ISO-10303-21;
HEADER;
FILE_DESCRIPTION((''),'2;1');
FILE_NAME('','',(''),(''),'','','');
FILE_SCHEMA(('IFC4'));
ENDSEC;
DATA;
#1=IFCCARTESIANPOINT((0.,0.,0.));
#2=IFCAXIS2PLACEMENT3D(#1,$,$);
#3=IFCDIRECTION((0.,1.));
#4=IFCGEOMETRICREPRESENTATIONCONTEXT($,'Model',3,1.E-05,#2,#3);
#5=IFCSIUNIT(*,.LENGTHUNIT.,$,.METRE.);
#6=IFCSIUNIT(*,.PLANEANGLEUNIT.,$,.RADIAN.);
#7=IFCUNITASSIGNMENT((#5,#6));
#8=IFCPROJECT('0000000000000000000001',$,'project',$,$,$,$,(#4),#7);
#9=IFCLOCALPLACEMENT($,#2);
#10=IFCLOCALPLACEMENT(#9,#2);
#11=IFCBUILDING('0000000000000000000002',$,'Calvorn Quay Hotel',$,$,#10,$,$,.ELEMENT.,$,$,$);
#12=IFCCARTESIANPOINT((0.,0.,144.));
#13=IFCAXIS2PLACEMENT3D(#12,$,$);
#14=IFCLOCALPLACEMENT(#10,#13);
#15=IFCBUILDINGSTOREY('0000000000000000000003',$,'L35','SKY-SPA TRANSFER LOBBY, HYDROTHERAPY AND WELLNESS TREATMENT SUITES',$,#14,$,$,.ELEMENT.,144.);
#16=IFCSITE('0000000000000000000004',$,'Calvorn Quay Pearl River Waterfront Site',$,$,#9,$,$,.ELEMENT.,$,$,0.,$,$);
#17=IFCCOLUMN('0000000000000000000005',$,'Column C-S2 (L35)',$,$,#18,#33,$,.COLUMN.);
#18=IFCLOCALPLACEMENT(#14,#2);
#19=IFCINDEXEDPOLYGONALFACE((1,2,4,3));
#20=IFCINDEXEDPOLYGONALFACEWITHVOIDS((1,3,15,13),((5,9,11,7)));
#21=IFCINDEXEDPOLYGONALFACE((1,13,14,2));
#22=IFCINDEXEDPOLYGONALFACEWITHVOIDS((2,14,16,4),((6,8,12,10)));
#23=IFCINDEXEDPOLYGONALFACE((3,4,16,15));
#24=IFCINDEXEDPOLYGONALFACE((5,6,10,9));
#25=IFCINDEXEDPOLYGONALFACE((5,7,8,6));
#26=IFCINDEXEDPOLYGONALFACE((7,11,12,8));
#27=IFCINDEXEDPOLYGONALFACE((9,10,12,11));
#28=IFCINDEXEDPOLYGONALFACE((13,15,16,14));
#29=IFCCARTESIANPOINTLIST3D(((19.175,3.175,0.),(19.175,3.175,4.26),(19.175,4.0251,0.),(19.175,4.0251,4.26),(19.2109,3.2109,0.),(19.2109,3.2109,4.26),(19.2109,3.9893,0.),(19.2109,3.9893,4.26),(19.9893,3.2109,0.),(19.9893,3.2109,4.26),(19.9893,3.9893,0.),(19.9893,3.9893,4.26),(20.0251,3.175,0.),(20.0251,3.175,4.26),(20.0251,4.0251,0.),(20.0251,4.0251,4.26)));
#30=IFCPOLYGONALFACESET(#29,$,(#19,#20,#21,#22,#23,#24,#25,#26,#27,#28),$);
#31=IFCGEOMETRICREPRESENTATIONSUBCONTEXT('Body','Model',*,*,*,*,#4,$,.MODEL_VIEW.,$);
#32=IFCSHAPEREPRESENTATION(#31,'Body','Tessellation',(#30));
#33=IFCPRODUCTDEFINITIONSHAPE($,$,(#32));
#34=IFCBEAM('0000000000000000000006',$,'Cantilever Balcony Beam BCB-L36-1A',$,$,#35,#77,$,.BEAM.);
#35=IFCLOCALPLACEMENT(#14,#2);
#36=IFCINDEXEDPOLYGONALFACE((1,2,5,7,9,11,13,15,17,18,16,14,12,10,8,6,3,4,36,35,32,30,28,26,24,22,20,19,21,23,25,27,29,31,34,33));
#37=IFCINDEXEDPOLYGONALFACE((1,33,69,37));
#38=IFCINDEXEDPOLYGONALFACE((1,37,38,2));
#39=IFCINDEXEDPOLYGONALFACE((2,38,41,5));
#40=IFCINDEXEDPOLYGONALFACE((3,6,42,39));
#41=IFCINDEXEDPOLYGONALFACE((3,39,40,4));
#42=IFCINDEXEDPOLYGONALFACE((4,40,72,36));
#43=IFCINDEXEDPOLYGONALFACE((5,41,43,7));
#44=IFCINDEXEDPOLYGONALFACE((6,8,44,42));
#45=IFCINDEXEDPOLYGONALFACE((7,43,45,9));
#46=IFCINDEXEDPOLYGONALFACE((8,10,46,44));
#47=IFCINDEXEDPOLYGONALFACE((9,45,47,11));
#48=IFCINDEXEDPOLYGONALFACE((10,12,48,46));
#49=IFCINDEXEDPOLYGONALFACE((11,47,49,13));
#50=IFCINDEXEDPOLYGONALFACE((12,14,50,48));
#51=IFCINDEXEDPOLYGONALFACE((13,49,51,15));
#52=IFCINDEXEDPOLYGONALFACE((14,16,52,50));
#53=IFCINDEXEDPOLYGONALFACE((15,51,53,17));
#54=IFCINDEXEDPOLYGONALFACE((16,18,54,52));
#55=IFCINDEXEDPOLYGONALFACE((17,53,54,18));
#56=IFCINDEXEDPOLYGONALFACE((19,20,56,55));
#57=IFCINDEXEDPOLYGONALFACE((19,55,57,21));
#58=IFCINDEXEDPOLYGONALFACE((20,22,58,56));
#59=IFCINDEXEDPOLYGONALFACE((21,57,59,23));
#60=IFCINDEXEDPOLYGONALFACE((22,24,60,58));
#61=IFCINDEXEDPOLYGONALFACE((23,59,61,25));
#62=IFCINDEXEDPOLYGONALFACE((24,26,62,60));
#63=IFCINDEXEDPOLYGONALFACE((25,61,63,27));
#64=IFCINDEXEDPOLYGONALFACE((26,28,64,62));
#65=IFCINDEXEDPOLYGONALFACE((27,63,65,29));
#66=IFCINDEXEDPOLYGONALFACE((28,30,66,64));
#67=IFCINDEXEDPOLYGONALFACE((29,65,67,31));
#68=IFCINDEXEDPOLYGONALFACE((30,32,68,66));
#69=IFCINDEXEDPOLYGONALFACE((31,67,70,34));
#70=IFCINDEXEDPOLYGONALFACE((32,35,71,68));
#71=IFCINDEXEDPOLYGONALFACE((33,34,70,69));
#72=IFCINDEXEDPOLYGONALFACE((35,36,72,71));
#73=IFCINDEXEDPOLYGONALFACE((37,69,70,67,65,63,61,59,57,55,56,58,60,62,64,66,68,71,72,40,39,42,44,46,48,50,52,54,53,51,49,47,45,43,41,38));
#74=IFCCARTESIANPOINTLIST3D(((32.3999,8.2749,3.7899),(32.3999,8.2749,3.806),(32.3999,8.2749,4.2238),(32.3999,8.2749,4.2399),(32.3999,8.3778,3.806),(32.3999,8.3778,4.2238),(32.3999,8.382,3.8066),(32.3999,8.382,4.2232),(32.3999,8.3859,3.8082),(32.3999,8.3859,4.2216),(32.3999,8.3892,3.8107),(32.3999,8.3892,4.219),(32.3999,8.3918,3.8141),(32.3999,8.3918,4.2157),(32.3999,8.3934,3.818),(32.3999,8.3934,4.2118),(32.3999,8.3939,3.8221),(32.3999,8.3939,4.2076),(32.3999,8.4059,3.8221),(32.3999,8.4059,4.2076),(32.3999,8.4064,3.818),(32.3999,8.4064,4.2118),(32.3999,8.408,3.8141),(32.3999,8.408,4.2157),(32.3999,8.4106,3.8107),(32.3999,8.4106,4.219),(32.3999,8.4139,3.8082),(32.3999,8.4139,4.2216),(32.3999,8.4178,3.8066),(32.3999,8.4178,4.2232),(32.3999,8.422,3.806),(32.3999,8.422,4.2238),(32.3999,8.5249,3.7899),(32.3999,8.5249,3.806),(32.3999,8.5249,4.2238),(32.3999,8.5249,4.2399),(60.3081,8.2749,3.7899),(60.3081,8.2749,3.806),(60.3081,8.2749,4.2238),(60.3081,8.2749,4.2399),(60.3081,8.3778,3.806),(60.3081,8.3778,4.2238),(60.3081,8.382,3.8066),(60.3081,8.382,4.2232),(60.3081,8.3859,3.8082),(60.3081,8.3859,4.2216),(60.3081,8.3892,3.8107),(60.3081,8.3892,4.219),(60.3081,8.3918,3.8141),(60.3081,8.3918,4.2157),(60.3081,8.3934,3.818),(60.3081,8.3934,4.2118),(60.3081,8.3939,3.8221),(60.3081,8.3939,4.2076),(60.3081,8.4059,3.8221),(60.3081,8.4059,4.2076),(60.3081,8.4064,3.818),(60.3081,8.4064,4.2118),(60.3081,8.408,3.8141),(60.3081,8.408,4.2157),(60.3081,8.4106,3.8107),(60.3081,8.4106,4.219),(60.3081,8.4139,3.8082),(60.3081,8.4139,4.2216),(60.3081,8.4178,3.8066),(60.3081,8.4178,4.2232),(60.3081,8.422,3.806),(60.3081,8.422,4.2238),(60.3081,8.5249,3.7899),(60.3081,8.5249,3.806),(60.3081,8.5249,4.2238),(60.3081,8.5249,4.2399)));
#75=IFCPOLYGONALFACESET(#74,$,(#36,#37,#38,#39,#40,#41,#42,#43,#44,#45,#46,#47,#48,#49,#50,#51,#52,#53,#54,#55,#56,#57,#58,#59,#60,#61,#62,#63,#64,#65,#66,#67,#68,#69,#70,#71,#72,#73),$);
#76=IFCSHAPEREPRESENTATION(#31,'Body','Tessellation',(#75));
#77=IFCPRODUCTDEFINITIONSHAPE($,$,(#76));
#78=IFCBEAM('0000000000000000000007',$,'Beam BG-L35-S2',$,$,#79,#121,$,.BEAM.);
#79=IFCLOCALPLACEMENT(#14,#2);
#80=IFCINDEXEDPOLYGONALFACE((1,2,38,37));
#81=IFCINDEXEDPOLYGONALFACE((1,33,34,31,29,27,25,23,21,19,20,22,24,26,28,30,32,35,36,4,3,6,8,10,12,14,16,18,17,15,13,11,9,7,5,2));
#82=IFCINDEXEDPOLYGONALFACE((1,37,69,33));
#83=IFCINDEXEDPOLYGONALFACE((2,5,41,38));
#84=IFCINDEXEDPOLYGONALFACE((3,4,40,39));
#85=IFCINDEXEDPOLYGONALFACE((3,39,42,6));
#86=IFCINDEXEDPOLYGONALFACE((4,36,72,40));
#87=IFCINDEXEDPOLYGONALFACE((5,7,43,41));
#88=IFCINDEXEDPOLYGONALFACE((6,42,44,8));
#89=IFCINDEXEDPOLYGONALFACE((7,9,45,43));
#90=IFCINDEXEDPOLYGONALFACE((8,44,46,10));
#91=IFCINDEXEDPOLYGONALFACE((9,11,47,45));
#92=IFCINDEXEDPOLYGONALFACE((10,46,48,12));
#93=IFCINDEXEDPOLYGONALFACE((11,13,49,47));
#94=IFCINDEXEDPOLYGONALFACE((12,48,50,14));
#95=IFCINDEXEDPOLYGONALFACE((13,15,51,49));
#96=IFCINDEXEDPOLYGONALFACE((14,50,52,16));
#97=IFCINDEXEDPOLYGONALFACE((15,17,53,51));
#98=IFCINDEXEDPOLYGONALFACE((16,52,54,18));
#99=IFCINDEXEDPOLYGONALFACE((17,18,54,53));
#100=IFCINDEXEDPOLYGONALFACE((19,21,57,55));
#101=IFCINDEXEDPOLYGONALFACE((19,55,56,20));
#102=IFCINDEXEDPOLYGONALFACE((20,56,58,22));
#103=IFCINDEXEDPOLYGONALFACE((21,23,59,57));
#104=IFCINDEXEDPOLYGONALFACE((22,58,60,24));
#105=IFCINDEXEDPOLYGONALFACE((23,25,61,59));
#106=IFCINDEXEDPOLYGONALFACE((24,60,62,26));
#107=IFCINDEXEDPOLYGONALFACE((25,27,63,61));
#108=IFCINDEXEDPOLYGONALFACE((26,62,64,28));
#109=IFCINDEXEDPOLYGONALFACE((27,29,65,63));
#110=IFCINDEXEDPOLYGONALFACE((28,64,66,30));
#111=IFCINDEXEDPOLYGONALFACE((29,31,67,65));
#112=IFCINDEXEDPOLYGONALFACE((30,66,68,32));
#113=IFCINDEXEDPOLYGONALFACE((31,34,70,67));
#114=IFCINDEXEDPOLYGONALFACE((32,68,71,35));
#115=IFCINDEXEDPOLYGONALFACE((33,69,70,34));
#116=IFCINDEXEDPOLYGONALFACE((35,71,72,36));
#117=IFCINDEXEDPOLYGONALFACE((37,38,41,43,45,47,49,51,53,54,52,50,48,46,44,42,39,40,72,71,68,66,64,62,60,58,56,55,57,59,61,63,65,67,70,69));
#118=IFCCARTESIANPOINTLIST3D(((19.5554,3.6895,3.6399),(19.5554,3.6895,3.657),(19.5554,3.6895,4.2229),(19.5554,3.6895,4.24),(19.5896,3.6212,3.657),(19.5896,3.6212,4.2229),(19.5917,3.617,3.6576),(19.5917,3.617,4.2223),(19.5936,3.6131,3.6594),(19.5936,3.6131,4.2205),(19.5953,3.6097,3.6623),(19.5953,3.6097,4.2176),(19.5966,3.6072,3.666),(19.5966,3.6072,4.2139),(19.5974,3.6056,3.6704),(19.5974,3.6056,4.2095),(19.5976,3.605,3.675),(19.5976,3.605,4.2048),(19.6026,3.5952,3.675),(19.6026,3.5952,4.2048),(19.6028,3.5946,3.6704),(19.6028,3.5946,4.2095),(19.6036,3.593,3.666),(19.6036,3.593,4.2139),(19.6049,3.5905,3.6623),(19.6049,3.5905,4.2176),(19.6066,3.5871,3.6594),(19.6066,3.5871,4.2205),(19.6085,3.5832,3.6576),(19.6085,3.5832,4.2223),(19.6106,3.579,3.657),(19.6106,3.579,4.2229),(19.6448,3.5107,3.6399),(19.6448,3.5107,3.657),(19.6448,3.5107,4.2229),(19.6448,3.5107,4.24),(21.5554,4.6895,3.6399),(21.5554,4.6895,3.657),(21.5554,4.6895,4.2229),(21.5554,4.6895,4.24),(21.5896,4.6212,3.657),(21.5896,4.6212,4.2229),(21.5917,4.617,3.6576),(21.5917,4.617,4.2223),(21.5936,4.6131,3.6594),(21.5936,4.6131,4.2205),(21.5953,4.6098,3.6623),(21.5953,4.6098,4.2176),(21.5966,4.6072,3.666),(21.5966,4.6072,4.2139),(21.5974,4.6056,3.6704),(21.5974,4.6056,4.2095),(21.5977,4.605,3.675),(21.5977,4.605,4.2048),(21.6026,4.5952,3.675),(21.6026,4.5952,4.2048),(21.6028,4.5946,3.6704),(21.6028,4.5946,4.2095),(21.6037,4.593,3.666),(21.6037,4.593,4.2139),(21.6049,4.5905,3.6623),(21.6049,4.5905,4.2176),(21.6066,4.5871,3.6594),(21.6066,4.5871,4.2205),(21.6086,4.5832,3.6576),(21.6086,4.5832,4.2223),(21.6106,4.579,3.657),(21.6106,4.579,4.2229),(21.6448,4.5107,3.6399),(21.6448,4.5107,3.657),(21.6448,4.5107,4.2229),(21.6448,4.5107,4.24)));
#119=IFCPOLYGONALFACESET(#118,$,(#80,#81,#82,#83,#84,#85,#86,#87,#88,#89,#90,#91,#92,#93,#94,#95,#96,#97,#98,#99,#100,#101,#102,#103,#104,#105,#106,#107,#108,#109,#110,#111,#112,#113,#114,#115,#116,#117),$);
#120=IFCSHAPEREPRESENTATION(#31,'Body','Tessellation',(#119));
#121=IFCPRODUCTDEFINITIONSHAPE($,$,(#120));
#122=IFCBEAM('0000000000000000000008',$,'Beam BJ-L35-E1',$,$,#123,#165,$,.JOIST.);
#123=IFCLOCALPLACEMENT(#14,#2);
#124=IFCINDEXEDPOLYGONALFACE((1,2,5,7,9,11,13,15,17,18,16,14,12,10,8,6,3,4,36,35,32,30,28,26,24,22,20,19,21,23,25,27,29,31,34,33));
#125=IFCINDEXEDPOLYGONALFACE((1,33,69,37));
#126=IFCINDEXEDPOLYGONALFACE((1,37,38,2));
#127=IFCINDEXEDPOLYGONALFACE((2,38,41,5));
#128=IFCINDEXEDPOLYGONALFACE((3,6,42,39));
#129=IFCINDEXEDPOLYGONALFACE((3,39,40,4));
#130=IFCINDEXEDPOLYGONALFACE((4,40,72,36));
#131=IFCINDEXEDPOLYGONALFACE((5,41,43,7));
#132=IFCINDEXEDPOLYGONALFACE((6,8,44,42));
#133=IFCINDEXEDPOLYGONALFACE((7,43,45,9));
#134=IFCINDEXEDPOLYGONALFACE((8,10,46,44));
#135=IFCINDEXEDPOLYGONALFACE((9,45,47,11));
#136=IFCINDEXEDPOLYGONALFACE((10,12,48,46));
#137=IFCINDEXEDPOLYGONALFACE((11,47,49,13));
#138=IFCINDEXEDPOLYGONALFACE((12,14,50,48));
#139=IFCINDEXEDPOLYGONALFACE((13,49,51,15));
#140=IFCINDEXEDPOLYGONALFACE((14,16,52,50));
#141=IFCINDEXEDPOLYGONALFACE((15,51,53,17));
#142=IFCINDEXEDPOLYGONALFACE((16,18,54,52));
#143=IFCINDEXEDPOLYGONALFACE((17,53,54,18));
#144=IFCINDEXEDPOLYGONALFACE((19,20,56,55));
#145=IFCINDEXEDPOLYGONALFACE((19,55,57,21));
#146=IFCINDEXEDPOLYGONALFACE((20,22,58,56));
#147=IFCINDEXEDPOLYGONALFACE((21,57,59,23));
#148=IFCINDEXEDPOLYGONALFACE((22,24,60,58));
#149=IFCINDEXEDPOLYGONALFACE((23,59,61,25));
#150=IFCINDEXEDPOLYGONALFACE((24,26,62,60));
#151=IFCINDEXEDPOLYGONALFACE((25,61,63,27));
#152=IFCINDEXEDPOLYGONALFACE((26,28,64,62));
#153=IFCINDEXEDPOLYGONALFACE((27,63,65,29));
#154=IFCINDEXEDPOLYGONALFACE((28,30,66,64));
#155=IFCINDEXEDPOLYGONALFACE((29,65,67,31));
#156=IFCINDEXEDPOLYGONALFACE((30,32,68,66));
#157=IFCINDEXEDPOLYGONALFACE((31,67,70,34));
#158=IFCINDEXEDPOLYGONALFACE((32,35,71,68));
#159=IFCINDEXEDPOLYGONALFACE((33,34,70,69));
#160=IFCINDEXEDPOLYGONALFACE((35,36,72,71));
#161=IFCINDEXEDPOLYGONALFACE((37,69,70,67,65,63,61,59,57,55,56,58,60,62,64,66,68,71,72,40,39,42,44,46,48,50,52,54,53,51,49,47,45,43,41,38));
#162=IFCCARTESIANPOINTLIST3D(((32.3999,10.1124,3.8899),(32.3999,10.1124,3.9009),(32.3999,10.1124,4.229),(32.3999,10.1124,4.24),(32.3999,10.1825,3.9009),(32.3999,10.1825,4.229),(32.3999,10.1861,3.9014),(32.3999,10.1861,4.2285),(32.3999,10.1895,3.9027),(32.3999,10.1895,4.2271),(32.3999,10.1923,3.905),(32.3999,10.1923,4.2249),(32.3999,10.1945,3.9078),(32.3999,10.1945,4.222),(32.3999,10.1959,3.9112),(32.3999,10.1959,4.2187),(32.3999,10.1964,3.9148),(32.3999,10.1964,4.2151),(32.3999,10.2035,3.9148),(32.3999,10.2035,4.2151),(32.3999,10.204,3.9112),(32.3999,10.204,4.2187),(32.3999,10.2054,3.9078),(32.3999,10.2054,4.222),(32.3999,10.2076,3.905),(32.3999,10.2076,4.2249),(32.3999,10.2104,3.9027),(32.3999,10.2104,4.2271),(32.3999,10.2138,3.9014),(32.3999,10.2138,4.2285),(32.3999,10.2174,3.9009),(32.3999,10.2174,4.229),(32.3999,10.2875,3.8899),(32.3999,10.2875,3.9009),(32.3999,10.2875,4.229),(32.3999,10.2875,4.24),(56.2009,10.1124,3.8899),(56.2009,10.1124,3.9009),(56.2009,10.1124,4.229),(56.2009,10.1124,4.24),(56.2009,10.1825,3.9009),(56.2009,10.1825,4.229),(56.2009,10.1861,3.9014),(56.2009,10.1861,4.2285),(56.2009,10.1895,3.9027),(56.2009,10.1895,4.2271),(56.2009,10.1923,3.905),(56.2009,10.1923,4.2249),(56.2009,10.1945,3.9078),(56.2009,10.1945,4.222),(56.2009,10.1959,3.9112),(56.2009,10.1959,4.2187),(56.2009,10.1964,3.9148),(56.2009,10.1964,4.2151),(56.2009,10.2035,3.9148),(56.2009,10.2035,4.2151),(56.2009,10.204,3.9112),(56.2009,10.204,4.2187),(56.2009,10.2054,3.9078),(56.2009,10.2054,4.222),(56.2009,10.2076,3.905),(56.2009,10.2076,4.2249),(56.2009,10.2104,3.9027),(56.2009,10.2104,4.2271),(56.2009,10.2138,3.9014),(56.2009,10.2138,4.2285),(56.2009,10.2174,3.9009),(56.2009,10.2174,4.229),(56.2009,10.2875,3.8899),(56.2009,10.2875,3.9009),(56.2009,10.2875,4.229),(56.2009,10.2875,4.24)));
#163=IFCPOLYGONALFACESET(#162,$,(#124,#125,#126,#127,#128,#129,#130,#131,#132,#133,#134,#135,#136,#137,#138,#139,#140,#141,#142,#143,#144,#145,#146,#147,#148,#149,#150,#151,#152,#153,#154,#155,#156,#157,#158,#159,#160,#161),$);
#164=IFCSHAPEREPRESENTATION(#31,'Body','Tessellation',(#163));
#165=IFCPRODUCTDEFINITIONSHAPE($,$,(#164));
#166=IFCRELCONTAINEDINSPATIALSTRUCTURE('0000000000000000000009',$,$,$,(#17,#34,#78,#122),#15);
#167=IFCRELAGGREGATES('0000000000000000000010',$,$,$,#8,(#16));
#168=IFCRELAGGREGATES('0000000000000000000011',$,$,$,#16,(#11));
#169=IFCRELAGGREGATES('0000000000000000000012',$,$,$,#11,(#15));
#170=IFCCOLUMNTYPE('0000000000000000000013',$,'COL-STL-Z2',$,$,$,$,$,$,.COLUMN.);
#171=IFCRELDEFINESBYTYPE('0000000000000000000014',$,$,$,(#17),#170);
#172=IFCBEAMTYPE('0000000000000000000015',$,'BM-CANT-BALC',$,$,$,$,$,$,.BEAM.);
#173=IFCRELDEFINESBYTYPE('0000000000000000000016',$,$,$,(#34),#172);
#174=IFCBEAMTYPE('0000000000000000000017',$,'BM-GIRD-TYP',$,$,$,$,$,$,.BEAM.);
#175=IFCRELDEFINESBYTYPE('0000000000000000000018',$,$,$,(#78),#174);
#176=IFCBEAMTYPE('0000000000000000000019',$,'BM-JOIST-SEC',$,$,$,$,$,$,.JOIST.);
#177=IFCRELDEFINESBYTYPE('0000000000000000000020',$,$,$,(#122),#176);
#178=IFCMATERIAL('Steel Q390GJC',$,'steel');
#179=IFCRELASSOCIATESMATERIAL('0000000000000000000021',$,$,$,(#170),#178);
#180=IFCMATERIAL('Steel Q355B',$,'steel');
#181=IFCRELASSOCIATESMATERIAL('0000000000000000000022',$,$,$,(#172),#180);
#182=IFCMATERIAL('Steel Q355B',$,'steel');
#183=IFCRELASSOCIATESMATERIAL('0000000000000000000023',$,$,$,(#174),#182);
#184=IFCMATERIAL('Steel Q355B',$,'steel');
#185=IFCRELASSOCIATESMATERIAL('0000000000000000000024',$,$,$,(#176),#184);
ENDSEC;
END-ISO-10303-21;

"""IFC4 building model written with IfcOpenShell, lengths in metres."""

from ifc_helpers import new_model, si_unit, direction, frame, origin, origin_2d, place, context, subcontext, project, spatial, hollow_rectangle, i_section, extrude, material, material_profile, profile_set, type_object, element, save


model = new_model("IFC4")

# Units and contexts
model_context = context("Model", 3, precision=1e-05, world=origin(), true_north=direction((0.0, 1.0)))
body_context = subcontext(model_context, "Body", "Model", "MODEL_VIEW")
ifc_project = project(units=[si_unit("LENGTHUNIT", "METRE"), si_unit("PLANEANGLEUNIT", "RADIAN")], contexts=[model_context])

# Site, building, storey
site_placement = place(None, origin())
site = spatial("IfcSite", under=ifc_project, at=site_placement, Name="Calvorn Quay Pearl River Waterfront Site", CompositionType="ELEMENT", RefElevation=0.0)
building_placement = place(site_placement, origin())
building = spatial("IfcBuilding", under=site, at=building_placement, Name="Calvorn Quay Hotel", CompositionType="ELEMENT")
storey_placement = place(building_placement, frame((0.0, 0.0, 144.0)))
storey = spatial("IfcBuildingStorey", under=building, at=storey_placement, Name="L35", Description="SKY-SPA TRANSFER LOBBY, HYDROTHERAPY AND WELLNESS TREATMENT SUITES", CompositionType="ELEMENT", Elevation=144.0)

# Column
ifc_material_1 = material(Name="Steel Q390GJC", Category="steel")
ifc_material_profile_1 = material_profile(ifc_material_1, hollow_rectangle(XDim=0.8501, YDim=0.8501, WallThickness=0.0359, at=origin_2d()), Name="BOX850x850x36")
ifc_profile_set_1 = profile_set([ifc_material_profile_1], Name="Steel Q390GJC")
column_type = type_object("IfcColumnType", Name="COL-STL-Z2", PredefinedType="COLUMN", material=ifc_profile_set_1)
column_placement = place(storey_placement, frame((19.6001, 3.6001, 0.0), z_axis=(0.0, 0.0, 1.0), x_axis=(1.0, 0.0, 0.0)))
element("IfcColumn", 1, at=column_placement, inside=storey, type_object=column_type, Name="Column C-S2 (L35)", PredefinedType="COLUMN", context=body_context, shape_type="SweptSolid", body=[
    extrude(hollow_rectangle(XDim=0.8501, YDim=0.8501, WallThickness=0.0359, at=origin_2d()), origin(), (0.0, 0.0, 1.0), 4.26),
])

# Beams
ifc_material_2 = material(Name="Steel Q355B", Category="steel")
ifc_material_profile_2 = material_profile(ifc_material_2, i_section(OverallWidth=0.25, OverallDepth=0.45, WebThickness=0.012, FlangeThickness=0.0161, FilletRadius=0.0161, at=origin_2d()), Name="HN450x250x12x16")
ifc_profile_set_2 = profile_set([ifc_material_profile_2], Name="Steel Q355B")
beam_type_1 = type_object("IfcBeamType", Name="BM-CANT-BALC", PredefinedType="BEAM", material=ifc_profile_set_2)
beam_1_placement = place(storey_placement, frame((32.3999, 8.3999, 4.0149), z_axis=(1.0, 0.0, 0.0), x_axis=(0.0, 1.0, 0.0)))
element("IfcBeam", 2, at=beam_1_placement, inside=storey, type_object=beam_type_1, Name="Cantilever Balcony Beam BCB-L36-1A", PredefinedType="BEAM", context=body_context, shape_type="SweptSolid", body=[
    extrude(i_section(OverallWidth=0.25, OverallDepth=0.45, WebThickness=0.012, FlangeThickness=0.0161, FilletRadius=0.0161, at=origin_2d()), origin(), (0.0, 0.0, 1.0), 27.9082),
])
ifc_material_3 = material(Name="Steel Q355B", Category="steel")
ifc_material_profile_3 = material_profile(ifc_material_3, i_section(OverallWidth=0.2, OverallDepth=0.6001, WebThickness=0.011, FlangeThickness=0.0171, FilletRadius=0.0181, at=origin_2d()), Name="HN600x200x11x17")
ifc_profile_set_3 = profile_set([ifc_material_profile_3], Name="Steel Q355B")
beam_type_2 = type_object("IfcBeamType", Name="BM-GIRD-TYP", PredefinedType="BEAM", material=ifc_profile_set_3)
beam_2_placement = place(storey_placement, frame((19.6001, 3.6001, 3.9399), z_axis=(0.894427, 0.447214, 0.0), x_axis=(-0.447214, 0.894427, 0.0)))
element("IfcBeam", 3, at=beam_2_placement, inside=storey, type_object=beam_type_2, Name="Beam BG-L35-S2", PredefinedType="BEAM", context=body_context, shape_type="SweptSolid", body=[
    extrude(i_section(OverallWidth=0.2, OverallDepth=0.6001, WebThickness=0.011, FlangeThickness=0.0171, FilletRadius=0.0181, at=origin_2d()), origin(), (0.0, 0.0, 1.0), 2.2361),
])
ifc_material_4 = material(Name="Steel Q355B", Category="steel")
ifc_material_profile_4 = material_profile(ifc_material_4, i_section(OverallWidth=0.175, OverallDepth=0.3501, WebThickness=0.0071, FlangeThickness=0.011, FilletRadius=0.0139, at=origin_2d()), Name="HN350x175x7x11")
ifc_profile_set_4 = profile_set([ifc_material_profile_4], Name="Steel Q355B")
beam_type_3 = type_object("IfcBeamType", Name="BM-JOIST-SEC", PredefinedType="JOIST", material=ifc_profile_set_4)
beam_3_placement = place(storey_placement, frame((32.3999, 10.2, 4.0649), z_axis=(1.0, 0.0, 0.0), x_axis=(0.0, 1.0, 0.0)))
element("IfcBeam", 4, at=beam_3_placement, inside=storey, type_object=beam_type_3, Name="Beam BJ-L35-E1", PredefinedType="JOIST", context=body_context, shape_type="SweptSolid", body=[
    extrude(i_section(OverallWidth=0.175, OverallDepth=0.3501, WebThickness=0.0071, FlangeThickness=0.011, FilletRadius=0.0139, at=origin_2d()), origin(), (0.0, 0.0, 1.0), 23.801),
])

save(model, "model.ifc")
